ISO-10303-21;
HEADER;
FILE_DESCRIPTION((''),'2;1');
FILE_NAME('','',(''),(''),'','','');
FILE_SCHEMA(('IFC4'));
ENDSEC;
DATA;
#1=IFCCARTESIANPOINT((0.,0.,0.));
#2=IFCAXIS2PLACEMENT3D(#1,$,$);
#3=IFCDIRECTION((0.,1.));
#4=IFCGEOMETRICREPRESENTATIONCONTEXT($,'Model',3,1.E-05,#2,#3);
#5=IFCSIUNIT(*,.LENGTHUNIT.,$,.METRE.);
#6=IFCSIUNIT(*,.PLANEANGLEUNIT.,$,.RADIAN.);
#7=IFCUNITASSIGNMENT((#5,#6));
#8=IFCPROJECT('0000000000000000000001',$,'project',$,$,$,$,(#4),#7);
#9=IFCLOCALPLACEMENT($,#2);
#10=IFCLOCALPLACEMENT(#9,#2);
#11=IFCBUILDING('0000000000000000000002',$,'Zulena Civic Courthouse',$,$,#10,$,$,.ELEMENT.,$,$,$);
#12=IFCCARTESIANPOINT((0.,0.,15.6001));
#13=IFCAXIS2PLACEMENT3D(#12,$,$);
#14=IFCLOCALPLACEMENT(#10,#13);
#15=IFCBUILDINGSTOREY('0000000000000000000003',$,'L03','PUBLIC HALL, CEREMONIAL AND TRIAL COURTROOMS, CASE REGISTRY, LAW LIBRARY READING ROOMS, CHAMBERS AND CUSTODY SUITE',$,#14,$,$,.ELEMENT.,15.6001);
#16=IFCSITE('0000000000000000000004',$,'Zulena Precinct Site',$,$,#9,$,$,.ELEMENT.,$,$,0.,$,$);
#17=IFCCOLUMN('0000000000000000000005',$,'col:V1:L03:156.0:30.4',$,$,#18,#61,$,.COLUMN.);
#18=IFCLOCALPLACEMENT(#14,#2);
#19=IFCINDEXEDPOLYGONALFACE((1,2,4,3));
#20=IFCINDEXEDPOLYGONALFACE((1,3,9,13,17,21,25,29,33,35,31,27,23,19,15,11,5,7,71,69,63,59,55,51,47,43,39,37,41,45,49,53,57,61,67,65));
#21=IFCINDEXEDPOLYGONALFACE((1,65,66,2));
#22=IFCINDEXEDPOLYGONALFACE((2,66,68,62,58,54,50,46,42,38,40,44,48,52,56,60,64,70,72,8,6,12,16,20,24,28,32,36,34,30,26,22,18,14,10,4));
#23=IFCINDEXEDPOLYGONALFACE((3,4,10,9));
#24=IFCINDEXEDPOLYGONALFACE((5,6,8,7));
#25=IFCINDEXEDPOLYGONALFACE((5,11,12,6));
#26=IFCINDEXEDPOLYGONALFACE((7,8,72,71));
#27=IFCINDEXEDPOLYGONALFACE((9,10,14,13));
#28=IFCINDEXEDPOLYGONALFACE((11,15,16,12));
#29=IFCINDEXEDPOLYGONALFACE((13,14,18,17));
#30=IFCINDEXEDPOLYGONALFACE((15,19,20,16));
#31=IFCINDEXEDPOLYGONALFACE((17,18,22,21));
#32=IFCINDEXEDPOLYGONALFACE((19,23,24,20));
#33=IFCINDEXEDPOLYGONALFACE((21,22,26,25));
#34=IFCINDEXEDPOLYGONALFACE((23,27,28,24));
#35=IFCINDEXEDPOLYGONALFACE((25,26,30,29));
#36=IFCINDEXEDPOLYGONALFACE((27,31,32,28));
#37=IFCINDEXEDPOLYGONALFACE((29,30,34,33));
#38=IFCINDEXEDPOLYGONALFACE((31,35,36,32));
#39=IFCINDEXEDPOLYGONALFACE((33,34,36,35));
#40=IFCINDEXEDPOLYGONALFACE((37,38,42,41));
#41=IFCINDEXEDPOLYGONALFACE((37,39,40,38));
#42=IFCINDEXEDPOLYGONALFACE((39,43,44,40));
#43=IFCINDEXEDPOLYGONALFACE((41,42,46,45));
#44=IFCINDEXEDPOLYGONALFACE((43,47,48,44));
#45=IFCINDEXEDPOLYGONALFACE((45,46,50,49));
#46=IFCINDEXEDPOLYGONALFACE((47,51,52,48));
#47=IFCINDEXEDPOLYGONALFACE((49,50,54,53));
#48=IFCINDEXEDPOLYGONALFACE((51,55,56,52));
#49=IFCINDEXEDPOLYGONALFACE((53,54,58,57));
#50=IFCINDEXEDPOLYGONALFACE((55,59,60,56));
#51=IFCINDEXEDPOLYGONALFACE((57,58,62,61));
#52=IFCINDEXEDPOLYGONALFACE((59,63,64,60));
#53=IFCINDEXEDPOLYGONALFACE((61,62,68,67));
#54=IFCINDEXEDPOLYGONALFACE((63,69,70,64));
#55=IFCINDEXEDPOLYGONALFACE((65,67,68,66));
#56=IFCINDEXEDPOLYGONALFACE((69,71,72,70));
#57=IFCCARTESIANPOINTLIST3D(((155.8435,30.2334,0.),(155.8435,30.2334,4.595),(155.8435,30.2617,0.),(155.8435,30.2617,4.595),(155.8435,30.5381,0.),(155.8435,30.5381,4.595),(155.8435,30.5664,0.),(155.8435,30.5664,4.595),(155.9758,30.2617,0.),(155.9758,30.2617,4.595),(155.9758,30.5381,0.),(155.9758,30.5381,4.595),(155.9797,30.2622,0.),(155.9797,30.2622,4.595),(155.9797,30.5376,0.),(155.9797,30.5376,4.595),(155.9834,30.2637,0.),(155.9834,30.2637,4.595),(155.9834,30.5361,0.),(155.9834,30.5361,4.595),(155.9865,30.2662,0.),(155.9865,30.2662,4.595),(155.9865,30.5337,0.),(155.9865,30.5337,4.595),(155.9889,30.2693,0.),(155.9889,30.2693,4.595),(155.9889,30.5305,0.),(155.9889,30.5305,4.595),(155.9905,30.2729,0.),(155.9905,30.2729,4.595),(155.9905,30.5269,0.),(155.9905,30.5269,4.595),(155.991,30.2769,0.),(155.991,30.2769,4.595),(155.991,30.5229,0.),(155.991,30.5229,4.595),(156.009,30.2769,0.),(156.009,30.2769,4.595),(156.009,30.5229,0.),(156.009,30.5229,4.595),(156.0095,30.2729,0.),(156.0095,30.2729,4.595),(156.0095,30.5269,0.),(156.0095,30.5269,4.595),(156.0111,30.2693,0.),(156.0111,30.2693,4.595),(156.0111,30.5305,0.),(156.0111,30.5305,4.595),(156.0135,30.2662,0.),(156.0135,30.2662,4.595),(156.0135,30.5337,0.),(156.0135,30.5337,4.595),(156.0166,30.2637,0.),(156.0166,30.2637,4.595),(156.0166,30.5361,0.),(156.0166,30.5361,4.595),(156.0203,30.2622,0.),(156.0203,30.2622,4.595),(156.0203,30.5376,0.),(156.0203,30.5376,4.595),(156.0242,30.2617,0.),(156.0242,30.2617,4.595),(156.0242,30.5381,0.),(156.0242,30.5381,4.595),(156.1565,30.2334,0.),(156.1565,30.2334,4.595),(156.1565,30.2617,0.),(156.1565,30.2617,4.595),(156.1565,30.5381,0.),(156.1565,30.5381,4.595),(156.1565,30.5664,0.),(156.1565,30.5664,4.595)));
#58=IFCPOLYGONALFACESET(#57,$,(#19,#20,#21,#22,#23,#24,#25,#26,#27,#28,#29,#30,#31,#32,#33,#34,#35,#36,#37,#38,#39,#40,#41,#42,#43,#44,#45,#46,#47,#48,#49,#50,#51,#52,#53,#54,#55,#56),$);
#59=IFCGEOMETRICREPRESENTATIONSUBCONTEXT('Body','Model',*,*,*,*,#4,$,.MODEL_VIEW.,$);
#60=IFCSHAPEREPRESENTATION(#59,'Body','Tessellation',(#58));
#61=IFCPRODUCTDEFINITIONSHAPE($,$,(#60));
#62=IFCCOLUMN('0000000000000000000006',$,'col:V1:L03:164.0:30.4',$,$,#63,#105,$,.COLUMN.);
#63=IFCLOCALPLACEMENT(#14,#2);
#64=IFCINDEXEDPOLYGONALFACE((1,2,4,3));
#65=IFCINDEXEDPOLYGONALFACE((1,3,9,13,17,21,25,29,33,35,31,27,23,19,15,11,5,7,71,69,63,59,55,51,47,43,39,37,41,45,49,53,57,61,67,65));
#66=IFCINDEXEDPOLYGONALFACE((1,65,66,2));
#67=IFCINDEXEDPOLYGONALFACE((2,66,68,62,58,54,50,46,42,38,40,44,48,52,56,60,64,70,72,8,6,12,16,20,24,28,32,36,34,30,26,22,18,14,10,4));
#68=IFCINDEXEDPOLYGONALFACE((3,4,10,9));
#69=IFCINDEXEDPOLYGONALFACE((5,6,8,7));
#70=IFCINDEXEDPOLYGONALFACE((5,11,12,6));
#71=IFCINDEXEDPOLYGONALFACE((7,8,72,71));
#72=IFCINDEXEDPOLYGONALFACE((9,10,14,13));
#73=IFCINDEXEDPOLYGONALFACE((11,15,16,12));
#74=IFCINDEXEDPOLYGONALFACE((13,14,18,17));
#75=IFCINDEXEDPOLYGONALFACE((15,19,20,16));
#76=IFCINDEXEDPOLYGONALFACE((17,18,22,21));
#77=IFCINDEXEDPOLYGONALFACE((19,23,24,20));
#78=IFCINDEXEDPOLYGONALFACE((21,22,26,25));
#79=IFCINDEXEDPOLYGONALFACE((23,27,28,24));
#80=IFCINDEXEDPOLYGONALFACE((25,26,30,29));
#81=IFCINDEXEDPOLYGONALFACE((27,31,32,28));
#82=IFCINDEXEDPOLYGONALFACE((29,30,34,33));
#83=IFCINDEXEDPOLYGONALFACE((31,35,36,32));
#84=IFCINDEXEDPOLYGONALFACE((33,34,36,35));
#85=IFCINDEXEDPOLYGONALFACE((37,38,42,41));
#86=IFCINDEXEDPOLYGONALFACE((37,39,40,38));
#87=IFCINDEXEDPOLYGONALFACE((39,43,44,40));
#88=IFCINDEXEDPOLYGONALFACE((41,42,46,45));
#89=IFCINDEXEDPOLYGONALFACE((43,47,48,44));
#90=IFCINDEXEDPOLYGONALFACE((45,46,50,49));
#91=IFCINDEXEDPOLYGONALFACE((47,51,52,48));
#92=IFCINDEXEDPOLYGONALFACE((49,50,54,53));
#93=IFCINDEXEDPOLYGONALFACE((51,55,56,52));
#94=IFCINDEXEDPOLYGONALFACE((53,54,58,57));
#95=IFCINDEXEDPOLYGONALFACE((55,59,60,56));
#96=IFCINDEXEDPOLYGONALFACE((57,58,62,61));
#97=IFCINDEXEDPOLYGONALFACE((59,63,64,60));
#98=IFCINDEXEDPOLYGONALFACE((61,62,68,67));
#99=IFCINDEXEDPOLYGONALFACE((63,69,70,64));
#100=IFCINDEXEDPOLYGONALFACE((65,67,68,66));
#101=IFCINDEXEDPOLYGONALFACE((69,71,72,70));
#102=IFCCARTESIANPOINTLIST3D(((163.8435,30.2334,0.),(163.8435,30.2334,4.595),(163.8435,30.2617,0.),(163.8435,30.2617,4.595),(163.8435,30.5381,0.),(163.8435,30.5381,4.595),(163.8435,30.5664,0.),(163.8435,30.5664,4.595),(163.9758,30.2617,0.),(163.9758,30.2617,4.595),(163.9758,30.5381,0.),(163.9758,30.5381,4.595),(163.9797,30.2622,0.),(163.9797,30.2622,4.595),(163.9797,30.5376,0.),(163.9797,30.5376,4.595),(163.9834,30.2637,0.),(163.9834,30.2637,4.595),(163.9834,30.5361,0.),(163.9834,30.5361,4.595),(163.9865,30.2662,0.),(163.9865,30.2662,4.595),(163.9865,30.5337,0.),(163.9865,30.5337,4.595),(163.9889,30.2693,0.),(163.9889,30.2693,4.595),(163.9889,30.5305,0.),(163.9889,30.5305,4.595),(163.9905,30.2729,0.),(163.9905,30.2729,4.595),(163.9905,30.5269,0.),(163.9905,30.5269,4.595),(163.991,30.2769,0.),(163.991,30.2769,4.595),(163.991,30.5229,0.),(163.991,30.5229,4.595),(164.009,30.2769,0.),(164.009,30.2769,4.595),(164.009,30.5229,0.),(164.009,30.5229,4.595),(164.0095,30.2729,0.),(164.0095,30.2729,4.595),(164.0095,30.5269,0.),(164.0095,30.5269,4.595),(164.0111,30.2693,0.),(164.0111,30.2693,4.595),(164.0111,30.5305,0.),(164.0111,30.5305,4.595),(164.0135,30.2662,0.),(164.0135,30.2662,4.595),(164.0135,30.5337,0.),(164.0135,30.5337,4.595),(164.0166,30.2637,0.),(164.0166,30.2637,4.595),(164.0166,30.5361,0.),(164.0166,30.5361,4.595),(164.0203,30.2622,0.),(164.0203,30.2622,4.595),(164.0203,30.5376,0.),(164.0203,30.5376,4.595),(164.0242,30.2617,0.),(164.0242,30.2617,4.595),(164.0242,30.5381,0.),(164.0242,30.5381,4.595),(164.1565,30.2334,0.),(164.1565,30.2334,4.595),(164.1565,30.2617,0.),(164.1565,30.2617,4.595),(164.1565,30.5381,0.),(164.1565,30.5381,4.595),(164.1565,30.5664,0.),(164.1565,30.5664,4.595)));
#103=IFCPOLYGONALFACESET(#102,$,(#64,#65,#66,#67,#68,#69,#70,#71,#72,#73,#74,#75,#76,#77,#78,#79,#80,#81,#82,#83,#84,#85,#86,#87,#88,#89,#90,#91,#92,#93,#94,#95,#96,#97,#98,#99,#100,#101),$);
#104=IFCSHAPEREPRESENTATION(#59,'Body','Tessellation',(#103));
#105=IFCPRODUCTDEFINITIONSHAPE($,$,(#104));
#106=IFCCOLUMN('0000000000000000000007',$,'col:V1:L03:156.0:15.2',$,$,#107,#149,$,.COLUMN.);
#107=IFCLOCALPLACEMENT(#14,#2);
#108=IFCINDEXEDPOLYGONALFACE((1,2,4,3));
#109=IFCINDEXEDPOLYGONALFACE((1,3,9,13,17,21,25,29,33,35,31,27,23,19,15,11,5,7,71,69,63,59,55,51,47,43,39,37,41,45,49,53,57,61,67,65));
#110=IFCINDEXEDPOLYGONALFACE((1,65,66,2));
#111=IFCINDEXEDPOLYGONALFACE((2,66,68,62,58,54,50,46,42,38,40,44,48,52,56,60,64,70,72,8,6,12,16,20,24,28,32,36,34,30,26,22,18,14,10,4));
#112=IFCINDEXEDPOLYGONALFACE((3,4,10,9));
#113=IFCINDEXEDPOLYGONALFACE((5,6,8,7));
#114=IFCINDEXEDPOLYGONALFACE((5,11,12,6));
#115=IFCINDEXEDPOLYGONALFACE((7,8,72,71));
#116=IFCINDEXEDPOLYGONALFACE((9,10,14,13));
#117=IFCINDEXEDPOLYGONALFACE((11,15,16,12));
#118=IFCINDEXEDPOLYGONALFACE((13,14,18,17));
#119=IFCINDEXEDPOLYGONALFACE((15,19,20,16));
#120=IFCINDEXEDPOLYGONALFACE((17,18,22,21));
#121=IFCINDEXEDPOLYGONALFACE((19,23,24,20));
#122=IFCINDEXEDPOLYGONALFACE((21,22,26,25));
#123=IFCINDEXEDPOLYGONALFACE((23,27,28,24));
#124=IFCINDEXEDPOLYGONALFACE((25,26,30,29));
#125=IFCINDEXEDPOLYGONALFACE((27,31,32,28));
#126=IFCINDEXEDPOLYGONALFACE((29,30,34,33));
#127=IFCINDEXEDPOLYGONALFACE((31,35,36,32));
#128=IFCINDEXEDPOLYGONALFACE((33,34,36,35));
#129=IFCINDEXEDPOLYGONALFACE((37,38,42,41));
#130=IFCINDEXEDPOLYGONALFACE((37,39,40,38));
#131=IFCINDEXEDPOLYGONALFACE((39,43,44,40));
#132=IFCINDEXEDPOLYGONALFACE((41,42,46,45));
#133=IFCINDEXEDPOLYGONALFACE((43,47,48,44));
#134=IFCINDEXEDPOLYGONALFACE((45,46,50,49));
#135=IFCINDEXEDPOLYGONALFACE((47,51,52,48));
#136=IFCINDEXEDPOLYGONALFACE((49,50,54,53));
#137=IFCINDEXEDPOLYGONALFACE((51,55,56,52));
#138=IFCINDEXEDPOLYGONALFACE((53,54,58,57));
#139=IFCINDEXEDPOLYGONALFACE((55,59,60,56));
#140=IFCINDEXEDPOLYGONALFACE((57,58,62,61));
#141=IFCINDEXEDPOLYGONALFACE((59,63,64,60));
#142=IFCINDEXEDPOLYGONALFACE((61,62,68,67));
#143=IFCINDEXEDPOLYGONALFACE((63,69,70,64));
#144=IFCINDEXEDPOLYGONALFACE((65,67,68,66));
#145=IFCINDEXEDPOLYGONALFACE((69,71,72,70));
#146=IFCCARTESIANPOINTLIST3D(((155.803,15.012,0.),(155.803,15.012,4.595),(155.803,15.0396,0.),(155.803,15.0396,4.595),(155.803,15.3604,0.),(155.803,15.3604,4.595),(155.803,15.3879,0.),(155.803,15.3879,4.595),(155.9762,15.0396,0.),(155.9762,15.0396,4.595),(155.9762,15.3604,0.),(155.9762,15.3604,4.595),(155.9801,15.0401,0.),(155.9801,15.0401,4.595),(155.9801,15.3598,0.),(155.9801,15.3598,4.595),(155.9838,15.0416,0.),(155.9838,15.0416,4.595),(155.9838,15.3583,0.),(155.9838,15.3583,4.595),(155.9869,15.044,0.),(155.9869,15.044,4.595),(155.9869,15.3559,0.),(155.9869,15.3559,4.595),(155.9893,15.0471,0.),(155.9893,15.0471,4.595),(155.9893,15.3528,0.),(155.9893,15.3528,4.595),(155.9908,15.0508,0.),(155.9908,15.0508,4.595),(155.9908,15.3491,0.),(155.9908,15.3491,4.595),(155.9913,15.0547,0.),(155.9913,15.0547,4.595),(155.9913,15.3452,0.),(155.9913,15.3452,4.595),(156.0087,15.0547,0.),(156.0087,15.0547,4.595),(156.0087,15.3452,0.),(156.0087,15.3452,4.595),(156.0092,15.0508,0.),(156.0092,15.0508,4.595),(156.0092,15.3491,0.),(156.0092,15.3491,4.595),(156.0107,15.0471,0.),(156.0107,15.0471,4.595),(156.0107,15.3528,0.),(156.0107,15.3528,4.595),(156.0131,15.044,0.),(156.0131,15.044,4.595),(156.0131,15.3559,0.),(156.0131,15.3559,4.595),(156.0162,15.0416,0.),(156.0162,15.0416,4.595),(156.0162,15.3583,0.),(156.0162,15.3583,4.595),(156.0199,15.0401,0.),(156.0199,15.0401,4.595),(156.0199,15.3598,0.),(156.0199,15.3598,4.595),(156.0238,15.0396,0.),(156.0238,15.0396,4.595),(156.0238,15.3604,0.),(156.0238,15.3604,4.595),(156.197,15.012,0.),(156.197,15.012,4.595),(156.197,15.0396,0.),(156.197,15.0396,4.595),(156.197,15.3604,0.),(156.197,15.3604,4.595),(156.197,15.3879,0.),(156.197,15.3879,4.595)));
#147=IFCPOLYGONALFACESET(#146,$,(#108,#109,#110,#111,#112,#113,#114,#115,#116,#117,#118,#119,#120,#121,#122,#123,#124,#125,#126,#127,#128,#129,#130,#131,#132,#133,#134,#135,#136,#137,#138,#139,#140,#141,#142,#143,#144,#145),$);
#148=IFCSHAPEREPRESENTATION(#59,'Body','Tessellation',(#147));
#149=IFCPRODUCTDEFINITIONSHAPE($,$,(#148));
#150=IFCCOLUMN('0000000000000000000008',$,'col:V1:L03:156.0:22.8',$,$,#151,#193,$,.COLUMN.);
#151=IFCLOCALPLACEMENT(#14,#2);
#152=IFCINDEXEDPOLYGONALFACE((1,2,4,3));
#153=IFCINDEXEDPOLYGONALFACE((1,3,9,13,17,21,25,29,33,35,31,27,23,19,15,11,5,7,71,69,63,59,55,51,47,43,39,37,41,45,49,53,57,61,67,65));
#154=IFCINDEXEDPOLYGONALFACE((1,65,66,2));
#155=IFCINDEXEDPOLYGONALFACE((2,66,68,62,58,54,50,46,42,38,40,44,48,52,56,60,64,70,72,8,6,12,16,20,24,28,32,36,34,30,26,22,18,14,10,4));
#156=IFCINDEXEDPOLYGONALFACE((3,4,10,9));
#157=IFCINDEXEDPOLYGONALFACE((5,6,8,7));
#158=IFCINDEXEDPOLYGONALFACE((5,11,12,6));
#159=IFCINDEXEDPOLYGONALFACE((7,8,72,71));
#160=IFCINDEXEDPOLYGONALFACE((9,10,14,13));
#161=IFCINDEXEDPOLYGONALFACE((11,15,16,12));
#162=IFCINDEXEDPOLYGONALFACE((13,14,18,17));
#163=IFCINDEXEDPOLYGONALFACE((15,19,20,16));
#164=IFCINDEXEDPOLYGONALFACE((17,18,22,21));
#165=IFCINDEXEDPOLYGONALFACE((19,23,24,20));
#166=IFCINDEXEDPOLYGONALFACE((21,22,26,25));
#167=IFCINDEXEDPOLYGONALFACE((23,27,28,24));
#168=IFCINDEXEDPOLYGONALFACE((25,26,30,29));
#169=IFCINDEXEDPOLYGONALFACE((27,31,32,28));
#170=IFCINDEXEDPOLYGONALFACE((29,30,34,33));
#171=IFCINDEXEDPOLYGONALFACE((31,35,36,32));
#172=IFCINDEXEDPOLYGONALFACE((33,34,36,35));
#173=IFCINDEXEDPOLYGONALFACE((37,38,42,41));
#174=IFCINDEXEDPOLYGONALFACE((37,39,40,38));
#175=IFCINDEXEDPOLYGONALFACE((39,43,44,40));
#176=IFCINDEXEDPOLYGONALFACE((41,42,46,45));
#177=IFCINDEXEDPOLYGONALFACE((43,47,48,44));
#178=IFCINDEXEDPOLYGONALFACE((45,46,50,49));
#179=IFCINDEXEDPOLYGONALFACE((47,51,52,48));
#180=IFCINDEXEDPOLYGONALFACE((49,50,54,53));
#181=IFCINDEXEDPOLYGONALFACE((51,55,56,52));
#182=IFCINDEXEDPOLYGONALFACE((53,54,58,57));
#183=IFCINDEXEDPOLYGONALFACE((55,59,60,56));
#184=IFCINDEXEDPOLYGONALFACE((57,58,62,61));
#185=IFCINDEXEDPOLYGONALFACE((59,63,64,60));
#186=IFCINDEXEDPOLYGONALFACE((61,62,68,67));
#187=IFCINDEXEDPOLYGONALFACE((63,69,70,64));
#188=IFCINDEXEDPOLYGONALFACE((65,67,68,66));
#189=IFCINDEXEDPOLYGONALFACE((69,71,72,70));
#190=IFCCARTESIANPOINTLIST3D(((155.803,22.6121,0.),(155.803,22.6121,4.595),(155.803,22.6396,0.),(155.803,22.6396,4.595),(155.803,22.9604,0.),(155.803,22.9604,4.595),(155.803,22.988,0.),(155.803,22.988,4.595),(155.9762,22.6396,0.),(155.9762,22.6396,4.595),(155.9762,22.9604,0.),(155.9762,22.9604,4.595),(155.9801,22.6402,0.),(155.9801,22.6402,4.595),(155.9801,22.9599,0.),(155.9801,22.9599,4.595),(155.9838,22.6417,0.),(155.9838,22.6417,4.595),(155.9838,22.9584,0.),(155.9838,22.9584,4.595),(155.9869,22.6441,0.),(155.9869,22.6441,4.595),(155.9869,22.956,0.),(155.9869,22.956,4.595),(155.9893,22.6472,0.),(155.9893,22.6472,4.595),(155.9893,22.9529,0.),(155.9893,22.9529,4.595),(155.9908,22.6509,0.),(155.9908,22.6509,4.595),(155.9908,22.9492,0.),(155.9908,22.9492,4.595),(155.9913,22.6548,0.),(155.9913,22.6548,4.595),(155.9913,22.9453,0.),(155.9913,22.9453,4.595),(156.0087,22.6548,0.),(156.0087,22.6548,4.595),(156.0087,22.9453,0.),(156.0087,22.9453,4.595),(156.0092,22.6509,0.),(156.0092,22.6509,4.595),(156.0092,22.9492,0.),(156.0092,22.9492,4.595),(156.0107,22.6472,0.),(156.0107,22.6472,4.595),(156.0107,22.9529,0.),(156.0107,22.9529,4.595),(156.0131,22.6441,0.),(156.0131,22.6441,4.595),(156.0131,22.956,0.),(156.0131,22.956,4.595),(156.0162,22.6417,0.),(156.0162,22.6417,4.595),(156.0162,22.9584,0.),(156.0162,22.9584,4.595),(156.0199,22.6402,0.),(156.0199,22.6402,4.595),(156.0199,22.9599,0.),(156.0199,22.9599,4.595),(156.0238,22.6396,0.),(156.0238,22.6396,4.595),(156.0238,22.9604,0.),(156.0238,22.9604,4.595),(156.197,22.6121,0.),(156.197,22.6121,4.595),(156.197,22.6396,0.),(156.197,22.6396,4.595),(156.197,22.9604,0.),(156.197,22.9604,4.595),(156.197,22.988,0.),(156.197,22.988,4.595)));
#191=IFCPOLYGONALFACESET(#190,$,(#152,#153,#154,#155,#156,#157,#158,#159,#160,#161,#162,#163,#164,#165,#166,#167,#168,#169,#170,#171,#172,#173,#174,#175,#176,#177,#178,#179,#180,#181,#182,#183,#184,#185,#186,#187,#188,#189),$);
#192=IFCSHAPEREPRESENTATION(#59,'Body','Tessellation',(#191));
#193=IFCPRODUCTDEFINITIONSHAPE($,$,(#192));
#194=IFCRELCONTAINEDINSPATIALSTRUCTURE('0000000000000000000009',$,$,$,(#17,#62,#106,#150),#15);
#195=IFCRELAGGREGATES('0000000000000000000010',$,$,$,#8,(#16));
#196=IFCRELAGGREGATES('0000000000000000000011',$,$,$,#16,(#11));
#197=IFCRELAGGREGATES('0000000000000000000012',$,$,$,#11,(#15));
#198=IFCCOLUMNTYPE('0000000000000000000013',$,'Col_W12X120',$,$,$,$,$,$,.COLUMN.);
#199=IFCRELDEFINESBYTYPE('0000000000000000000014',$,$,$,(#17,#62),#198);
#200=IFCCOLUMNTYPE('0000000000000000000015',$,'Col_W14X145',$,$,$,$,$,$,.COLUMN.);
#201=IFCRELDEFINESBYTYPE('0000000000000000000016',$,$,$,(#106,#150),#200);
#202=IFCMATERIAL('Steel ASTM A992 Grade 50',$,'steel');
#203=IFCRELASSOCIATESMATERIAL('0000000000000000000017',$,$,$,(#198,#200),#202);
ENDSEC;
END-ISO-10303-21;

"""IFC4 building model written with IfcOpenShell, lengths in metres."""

from ifc_helpers import new_model, si_unit, direction, frame, origin, origin_2d, place, context, subcontext, project, spatial, i_section, extrude, material, material_profile, profile_set, type_object, element, save


model = new_model("IFC4")

# Units and contexts
model_context = context("Model", 3, precision=1e-05, world=origin(), true_north=direction((0.0, 1.0)))
body_context = subcontext(model_context, "Body", "Model", "MODEL_VIEW")
ifc_project = project(units=[si_unit("LENGTHUNIT", "METRE"), si_unit("PLANEANGLEUNIT", "RADIAN")], contexts=[model_context])

# Site, building, storey
site_placement = place(None, origin())
site = spatial("IfcSite", under=ifc_project, at=site_placement, Name="Zulena Precinct Site", CompositionType="ELEMENT", RefElevation=0.0)
building_placement = place(site_placement, origin())
building = spatial("IfcBuilding", under=site, at=building_placement, Name="Zulena Civic Courthouse", CompositionType="ELEMENT")
storey_placement = place(building_placement, frame((0.0, 0.0, 15.6001)))
storey = spatial("IfcBuildingStorey", under=building, at=storey_placement, Name="L03", Description="PUBLIC HALL, CEREMONIAL AND TRIAL COURTROOMS, CASE REGISTRY, LAW LIBRARY READING ROOMS, CHAMBERS AND CUSTODY SUITE", CompositionType="ELEMENT", Elevation=15.6001)

# Columns
ifc_material_1 = material(Name="Steel ASTM A992 Grade 50", Category="steel")
ifc_material_profile_1 = material_profile(ifc_material_1, i_section(OverallWidth=0.313, OverallDepth=0.333, WebThickness=0.0181, FlangeThickness=0.0283, FilletRadius=0.0151, at=origin_2d()), Name="W12X120")
ifc_profile_set_1 = profile_set([ifc_material_profile_1], Name="Steel ASTM A992 Grade 50")
column_type_1 = type_object("IfcColumnType", Name="Col_W12X120", PredefinedType="COLUMN", material=ifc_profile_set_1)
for number, where, z_axis, x_axis, name in (
    (1, (156.0, 30.3999, 0.0), (0.0, 0.0, 1.0), (1.0, 0.0, 0.0), "col:V1:L03:156.0:30.4"),
    (2, (164.0, 30.3999, 0.0), (0.0, 0.0, 1.0), (1.0, 0.0, 0.0), "col:V1:L03:164.0:30.4"),
):
    element("IfcColumn", number, at=place(storey_placement, frame(where, z_axis=z_axis, x_axis=x_axis)), inside=storey, type_object=column_type_1, Name=name, PredefinedType="COLUMN", context=body_context, shape_type="SweptSolid", body=[
        extrude(i_section(OverallWidth=0.313, OverallDepth=0.333, WebThickness=0.0181, FlangeThickness=0.0283, FilletRadius=0.0151, at=origin_2d()), origin(), (0.0, 0.0, 1.0), 4.595),
    ])
ifc_material_profile_2 = material_profile(ifc_material_1, i_section(OverallWidth=0.394, OverallDepth=0.376, WebThickness=0.0173, FlangeThickness=0.0276, FilletRadius=0.0151, at=origin_2d()), Name="W14X145")
ifc_profile_set_2 = profile_set([ifc_material_profile_2], Name="Steel ASTM A992 Grade 50")
column_type_2 = type_object("IfcColumnType", Name="Col_W14X145", PredefinedType="COLUMN", material=ifc_profile_set_2)
for number, where, z_axis, x_axis, name in (
    (3, (156.0, 15.2, 0.0), (0.0, 0.0, 1.0), (1.0, 0.0, 0.0), "col:V1:L03:156.0:15.2"),
    (4, (156.0, 22.8, 0.0), (0.0, 0.0, 1.0), (1.0, 0.0, 0.0), "col:V1:L03:156.0:22.8"),
):
    element("IfcColumn", number, at=place(storey_placement, frame(where, z_axis=z_axis, x_axis=x_axis)), inside=storey, type_object=column_type_2, Name=name, PredefinedType="COLUMN", context=body_context, shape_type="SweptSolid", body=[
        extrude(i_section(OverallWidth=0.394, OverallDepth=0.376, WebThickness=0.0173, FlangeThickness=0.0276, FilletRadius=0.0151, at=origin_2d()), origin(), (0.0, 0.0, 1.0), 4.595),
    ])

save(model, "model.ifc")
